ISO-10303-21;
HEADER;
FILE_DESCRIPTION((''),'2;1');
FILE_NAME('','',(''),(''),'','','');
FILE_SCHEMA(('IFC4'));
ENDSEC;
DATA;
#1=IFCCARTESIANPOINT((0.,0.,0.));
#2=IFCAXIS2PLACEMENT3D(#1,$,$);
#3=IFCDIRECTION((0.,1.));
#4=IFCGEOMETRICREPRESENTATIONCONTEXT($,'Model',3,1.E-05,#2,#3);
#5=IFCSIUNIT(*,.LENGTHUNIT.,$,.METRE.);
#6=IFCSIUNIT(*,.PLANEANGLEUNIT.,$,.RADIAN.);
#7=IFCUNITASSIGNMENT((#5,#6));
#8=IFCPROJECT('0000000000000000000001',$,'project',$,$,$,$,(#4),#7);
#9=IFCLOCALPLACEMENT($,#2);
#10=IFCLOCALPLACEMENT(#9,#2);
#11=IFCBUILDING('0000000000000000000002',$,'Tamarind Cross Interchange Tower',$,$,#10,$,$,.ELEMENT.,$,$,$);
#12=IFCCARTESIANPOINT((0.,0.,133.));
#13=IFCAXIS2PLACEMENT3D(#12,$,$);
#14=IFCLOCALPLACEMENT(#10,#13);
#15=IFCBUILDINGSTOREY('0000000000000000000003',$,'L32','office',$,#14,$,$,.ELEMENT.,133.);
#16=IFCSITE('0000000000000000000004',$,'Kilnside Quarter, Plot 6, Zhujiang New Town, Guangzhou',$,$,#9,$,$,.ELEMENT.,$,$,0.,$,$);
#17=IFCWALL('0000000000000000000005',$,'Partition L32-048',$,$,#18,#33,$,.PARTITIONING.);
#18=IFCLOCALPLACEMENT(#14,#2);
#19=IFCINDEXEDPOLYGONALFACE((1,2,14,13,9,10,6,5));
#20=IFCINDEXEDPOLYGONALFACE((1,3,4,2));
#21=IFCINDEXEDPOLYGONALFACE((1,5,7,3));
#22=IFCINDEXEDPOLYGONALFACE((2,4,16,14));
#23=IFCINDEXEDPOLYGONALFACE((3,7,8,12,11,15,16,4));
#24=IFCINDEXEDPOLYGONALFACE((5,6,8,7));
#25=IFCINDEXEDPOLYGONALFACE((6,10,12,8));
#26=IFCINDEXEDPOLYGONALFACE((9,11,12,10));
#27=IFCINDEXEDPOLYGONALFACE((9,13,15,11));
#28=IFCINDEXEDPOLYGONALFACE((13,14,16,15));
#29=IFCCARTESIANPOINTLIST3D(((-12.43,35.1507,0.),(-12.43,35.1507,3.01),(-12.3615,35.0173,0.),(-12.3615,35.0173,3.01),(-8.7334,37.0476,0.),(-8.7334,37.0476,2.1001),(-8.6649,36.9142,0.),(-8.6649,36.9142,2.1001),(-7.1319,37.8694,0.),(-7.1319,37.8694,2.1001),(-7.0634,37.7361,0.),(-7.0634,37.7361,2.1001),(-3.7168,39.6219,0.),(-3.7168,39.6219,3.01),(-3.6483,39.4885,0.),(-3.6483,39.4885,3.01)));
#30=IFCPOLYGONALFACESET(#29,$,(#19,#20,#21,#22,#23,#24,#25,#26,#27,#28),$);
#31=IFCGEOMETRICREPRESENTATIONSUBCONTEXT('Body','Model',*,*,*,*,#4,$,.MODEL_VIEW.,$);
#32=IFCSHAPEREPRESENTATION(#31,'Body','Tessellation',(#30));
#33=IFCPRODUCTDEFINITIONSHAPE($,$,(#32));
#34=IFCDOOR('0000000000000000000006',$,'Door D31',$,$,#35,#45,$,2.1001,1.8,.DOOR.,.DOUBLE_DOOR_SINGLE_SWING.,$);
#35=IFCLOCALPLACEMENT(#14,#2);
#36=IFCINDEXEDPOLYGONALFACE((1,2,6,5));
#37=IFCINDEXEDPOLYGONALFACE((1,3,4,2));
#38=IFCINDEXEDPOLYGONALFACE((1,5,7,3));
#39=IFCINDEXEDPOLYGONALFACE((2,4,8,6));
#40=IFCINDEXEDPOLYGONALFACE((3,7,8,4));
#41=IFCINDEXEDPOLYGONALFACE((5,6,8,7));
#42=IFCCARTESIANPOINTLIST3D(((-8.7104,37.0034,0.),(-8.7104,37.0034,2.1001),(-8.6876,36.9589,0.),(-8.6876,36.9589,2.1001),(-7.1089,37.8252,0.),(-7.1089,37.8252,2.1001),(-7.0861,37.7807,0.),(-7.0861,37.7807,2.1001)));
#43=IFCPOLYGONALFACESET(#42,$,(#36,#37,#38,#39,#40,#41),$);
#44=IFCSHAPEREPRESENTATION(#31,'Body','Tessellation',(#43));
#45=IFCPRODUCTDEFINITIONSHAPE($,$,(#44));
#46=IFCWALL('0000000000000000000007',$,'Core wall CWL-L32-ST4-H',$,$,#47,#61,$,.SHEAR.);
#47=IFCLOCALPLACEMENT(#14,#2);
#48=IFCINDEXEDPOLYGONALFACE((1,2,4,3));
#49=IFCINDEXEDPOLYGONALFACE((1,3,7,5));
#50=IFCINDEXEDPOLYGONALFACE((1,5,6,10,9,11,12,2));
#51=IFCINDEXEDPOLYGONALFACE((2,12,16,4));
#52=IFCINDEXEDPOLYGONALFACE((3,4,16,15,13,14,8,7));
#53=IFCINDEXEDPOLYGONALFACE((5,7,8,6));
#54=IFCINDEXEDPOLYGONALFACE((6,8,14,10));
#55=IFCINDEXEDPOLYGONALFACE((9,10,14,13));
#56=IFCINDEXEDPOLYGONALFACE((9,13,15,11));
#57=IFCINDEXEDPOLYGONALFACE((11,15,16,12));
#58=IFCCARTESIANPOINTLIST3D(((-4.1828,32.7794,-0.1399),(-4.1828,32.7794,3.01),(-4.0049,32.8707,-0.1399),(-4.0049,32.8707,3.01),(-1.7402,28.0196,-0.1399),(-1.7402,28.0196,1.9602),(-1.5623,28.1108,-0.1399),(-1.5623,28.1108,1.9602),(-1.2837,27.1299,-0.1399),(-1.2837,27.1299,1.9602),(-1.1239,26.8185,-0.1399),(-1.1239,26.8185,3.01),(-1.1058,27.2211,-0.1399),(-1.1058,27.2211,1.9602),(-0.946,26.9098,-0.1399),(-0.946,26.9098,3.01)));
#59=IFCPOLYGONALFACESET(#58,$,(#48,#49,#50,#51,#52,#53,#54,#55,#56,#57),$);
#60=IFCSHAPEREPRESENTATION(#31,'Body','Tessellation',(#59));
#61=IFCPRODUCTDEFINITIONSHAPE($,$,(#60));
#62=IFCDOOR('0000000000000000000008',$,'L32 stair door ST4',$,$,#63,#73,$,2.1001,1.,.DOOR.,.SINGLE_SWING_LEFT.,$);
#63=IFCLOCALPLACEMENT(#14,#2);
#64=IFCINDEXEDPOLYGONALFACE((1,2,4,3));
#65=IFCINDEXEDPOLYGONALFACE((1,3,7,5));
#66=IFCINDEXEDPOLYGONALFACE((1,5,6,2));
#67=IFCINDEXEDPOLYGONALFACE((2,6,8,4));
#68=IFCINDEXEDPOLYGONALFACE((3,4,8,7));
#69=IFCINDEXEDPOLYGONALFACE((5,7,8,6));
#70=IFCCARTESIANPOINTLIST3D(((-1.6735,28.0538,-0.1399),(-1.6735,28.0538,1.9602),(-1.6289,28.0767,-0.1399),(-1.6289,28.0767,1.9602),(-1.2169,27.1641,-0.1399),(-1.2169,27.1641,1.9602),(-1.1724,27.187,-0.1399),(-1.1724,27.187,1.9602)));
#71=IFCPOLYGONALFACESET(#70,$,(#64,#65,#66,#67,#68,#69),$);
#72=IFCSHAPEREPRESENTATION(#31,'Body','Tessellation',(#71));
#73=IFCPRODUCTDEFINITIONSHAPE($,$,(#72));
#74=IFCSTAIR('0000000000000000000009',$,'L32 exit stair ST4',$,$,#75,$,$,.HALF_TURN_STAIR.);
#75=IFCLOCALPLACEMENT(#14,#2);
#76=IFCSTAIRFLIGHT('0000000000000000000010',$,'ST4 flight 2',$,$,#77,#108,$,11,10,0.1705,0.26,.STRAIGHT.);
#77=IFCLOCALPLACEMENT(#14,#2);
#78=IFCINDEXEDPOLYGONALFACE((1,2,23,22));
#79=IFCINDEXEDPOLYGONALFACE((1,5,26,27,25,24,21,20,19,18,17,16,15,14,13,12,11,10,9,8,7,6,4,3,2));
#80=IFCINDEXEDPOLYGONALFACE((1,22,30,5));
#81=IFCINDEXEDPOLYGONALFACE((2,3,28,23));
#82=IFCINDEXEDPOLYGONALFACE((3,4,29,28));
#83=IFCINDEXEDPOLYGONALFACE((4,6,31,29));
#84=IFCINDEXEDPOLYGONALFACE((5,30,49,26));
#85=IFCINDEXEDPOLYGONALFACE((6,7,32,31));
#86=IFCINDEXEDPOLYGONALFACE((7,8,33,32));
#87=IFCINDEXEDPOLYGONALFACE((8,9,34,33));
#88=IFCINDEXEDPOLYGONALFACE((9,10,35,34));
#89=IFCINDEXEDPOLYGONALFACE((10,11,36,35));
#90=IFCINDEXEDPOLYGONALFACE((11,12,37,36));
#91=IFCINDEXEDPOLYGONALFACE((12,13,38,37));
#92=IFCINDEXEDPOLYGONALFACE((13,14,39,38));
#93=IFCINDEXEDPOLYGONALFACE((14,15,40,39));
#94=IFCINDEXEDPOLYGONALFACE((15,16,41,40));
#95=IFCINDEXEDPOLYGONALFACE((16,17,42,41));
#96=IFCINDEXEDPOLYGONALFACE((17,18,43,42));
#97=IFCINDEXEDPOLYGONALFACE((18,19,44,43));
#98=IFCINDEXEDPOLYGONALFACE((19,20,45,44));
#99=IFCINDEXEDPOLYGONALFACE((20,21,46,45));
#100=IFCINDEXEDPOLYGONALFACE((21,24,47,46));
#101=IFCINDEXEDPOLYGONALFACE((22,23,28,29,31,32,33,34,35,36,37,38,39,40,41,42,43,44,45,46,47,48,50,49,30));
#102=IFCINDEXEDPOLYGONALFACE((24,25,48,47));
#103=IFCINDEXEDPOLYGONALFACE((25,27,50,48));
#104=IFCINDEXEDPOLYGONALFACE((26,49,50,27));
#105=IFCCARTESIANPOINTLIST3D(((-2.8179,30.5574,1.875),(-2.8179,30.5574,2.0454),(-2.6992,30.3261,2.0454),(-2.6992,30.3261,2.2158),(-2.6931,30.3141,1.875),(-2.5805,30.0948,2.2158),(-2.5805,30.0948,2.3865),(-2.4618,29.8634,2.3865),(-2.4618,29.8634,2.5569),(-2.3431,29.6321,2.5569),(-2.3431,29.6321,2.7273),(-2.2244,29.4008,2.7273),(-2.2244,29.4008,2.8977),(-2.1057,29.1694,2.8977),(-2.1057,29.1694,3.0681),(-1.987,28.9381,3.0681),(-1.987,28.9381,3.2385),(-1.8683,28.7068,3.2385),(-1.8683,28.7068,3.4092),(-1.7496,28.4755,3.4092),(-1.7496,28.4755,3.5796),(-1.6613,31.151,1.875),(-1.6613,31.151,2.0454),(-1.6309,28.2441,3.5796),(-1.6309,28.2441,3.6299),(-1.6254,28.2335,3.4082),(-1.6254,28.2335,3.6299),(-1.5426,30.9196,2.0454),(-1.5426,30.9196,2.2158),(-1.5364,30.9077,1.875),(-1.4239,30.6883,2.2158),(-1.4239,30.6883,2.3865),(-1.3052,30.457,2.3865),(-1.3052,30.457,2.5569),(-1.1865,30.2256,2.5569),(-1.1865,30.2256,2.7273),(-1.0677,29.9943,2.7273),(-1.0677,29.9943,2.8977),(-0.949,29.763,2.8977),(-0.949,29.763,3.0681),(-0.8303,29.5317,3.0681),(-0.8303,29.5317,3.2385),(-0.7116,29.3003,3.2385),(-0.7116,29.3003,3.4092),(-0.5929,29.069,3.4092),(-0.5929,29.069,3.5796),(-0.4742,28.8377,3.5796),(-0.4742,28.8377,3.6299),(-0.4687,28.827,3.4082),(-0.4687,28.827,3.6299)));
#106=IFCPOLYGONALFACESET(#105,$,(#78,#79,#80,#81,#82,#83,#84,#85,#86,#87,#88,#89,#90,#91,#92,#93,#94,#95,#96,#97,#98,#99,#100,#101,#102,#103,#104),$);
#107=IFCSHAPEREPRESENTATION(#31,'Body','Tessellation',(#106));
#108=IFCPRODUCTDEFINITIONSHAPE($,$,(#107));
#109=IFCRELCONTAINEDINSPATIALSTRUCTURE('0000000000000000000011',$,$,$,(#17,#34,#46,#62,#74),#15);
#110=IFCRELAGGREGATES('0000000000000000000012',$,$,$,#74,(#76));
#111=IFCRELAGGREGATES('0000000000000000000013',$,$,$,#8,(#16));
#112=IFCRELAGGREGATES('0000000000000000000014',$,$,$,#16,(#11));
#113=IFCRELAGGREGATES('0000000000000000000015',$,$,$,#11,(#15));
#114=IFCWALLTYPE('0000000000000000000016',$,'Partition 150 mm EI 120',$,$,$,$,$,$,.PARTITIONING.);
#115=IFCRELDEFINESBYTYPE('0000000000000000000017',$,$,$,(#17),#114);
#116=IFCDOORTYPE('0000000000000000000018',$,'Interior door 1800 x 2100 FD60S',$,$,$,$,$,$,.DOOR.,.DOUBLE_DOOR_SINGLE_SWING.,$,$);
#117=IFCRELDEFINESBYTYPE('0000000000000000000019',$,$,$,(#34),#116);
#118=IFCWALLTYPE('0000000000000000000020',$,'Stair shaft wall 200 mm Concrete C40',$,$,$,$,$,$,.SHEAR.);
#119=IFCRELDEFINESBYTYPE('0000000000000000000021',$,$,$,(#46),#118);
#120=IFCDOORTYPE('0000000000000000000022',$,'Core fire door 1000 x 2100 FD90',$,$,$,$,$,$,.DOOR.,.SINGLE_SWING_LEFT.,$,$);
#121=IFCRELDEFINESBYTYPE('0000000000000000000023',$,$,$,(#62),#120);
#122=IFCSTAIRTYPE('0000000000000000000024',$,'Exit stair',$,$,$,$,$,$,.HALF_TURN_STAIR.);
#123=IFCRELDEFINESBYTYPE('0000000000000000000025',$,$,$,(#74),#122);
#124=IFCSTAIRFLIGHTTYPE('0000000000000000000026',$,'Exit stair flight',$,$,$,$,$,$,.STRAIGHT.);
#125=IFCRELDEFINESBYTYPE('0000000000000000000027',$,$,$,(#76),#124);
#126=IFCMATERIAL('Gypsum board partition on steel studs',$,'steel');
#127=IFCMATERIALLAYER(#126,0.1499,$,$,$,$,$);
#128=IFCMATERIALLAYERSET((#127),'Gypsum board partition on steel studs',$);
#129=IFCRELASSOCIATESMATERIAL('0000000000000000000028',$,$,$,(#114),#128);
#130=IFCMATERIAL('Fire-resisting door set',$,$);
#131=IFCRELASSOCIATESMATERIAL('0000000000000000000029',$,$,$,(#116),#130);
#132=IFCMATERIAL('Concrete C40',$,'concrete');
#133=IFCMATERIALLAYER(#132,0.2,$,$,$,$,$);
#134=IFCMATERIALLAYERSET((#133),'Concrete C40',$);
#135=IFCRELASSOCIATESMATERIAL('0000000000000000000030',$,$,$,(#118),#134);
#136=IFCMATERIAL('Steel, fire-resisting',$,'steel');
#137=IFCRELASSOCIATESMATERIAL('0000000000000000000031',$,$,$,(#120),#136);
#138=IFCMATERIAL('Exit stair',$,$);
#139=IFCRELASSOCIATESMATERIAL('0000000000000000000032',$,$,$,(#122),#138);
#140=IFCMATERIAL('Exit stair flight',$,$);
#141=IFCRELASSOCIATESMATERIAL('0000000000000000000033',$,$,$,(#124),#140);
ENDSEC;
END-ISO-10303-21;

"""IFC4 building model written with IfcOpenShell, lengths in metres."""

from ifc_helpers import new_model, si_unit, direction, frame, frame_2d, origin, place, context, subcontext, project, spatial, polyline, rectangle, outline, extrude, material, layer, layer_set, type_object, element, fill, aggregate, save


model = new_model("IFC4")

# Units and contexts
model_context = context("Model", 3, precision=1e-05, world=origin(), true_north=direction((0.0, 1.0)))
body_context = subcontext(model_context, "Body", "Model", "MODEL_VIEW")
ifc_project = project(units=[si_unit("LENGTHUNIT", "METRE"), si_unit("PLANEANGLEUNIT", "RADIAN")], contexts=[model_context])

# Site, building, storey
site_placement = place(None, origin())
site = spatial("IfcSite", under=ifc_project, at=site_placement, Name="Kilnside Quarter, Plot 6, Zhujiang New Town, Guangzhou", CompositionType="ELEMENT", RefElevation=0.0)
building_placement = place(site_placement, origin())
building = spatial("IfcBuilding", under=site, at=building_placement, Name="Tamarind Cross Interchange Tower", CompositionType="ELEMENT")
storey_placement = place(building_placement, frame((0.0, 0.0, 133.0)))
storey = spatial("IfcBuildingStorey", under=building, at=storey_placement, Name="L32", Description="office", CompositionType="ELEMENT", Elevation=133.0)

# Shared definitions
ifc_material_1 = material(Name="Gypsum board partition on steel studs", Category="steel")

# Shared definitions
ifc_layer_1 = layer(ifc_material_1, 0.1499)
ifc_layer_set_1 = layer_set([ifc_layer_1], Name="Gypsum board partition on steel studs")
wall_type_1 = type_object("IfcWallType", Name="Partition 150 mm EI 120", PredefinedType="PARTITIONING", material=ifc_layer_set_1)
ifc_material_2 = material(Name="Fire-resisting door set")

# Walls, openings, doors
wall_1_placement = place(storey_placement, frame((-12.3958, 35.084, 0.0), z_axis=(0.0, 0.0, 1.0), x_axis=(0.889696, 0.456552, 0.0)))
wall_1 = element("IfcWall", 1, at=wall_1_placement, inside=storey, type_object=wall_type_1, Name="Partition L32-048", PredefinedType="PARTITIONING", context=body_context, shape_type="SweptSolid", body=[
    extrude(rectangle(XDim=9.7935, YDim=0.1499, at=frame_2d((4.8967, 0.0))), origin(), (0.0, 0.0, 1.0), 3.01),
])
opening_1_placement = place(wall_1_placement, frame((4.155, 0.0, 0.0)))
opening_1 = element("IfcOpeningElement", 2, at=opening_1_placement, cuts=wall_1, PredefinedType="OPENING", context=body_context, shape_type="SweptSolid", body=[
    extrude(rectangle(XDim=1.8, YDim=2.1001, at=frame_2d((0.8999, 1.05))), frame((0.0, 0.085, 0.0), z_axis=(0.0, -1.0, 0.0), x_axis=(1.0, 0.0, 0.0)), (0.0, 0.0, 1.0), 0.1699),
])
door_type_1 = type_object("IfcDoorType", Name="Interior door 1800 x 2100 FD60S", OperationType="DOUBLE_DOOR_SINGLE_SWING", PredefinedType="DOOR", material=ifc_material_2)
door_1_placement = place(opening_1_placement, frame((1.8, 0.0, 0.0), z_axis=(0.0, 0.0, 1.0), x_axis=(-1.0, 0.0, 0.0)))
door_1 = element("IfcDoor", 3, at=door_1_placement, inside=storey, type_object=door_type_1, Name="Door D31", OperationType="DOUBLE_DOOR_SINGLE_SWING", OverallHeight=2.1001, OverallWidth=1.8, PredefinedType="DOOR", context=body_context, shape_type="SweptSolid", body=[
    extrude(rectangle(XDim=1.8, YDim=2.1001, at=frame_2d((0.8999, 1.05))), frame((0.0, 0.0249, 0.0), z_axis=(0.0, -1.0, 0.0), x_axis=(1.0, 0.0, 0.0)), (0.0, 0.0, 1.0), 0.05),
])
fill(opening_1, door_1)
ifc_material_3 = material(Name="Concrete C40", Category="concrete")
ifc_layer_2 = layer(ifc_material_3, 0.2)
ifc_layer_set_2 = layer_set([ifc_layer_2], Name="Concrete C40")
wall_type_2 = type_object("IfcWallType", Name="Stair shaft wall 200 mm Concrete C40", PredefinedType="SHEAR", material=ifc_layer_set_2)
wall_2_placement = place(storey_placement, frame((-1.0349, 26.864, -0.1399), z_axis=(0.0, 0.0, 1.0), x_axis=(-0.456547, 0.889699, 0.0)))
wall_2 = element("IfcWall", 4, at=wall_2_placement, inside=storey, type_object=wall_type_2, Name="Core wall CWL-L32-ST4-H", PredefinedType="SHEAR", context=body_context, shape_type="SweptSolid", body=[
    extrude(rectangle(XDim=6.7, YDim=0.2, at=frame_2d((3.3501, 0.0))), origin(), (0.0, 0.0, 1.0), 3.1499),
])
opening_2_placement = place(wall_2_placement, frame((0.3501, 0.0, 0.0)))
opening_2 = element("IfcOpeningElement", 5, at=opening_2_placement, cuts=wall_2, PredefinedType="OPENING", context=body_context, shape_type="SweptSolid", body=[
    extrude(rectangle(XDim=1.0, YDim=2.1001, at=frame_2d((0.5, 1.05))), frame((0.0, 0.1099, 0.0), z_axis=(0.0, -1.0, 0.0), x_axis=(1.0, 0.0, 0.0)), (0.0, 0.0, 1.0), 0.22),
])
ifc_material_4 = material(Name="Steel, fire-resisting", Category="steel")
door_type_2 = type_object("IfcDoorType", Name="Core fire door 1000 x 2100 FD90", OperationType="SINGLE_SWING_LEFT", PredefinedType="DOOR", material=ifc_material_4)
door_2_placement = place(opening_2_placement, origin())
door_2 = element("IfcDoor", 6, at=door_2_placement, inside=storey, type_object=door_type_2, Name="L32 stair door ST4", OperationType="SINGLE_SWING_LEFT", OverallHeight=2.1001, OverallWidth=1.0, PredefinedType="DOOR", context=body_context, shape_type="SweptSolid", body=[
    extrude(rectangle(XDim=1.0, YDim=2.1001, at=frame_2d((0.5, 1.05))), frame((0.0, 0.0249, 0.0), z_axis=(0.0, -1.0, 0.0), x_axis=(1.0, 0.0, 0.0)), (0.0, 0.0, 1.0), 0.05),
])
fill(opening_2, door_2)

# Stair, stair flight
ifc_material_5 = material(Name="Exit stair")
stair_type = type_object("IfcStairType", Name="Exit stair", PredefinedType="HALF_TURN_STAIR", material=ifc_material_5)
stair_placement = place(storey_placement, origin())
stair = element("IfcStair", 7, at=stair_placement, inside=storey, type_object=stair_type, Name="L32 exit stair ST4", PredefinedType="HALF_TURN_STAIR")
ifc_material_6 = material(Name="Exit stair flight")
stair_flight_type = type_object("IfcStairFlightType", Name="Exit stair flight", PredefinedType="STRAIGHT", material=ifc_material_6)
stair_flight_placement = place(storey_placement, frame((-2.2395, 30.8542, 1.875), z_axis=(0.0, 0.0, 1.0), x_axis=(0.456551, -0.889697, 0.0)))
stair_flight = element("IfcStairFlight", 8, at=stair_flight_placement, type_object=stair_flight_type, Name="ST4 flight 2", NumberOfRisers=11, NumberOfTreads=10, PredefinedType="STRAIGHT", RiserHeight=0.1705, TreadLength=0.26, context=body_context, shape_type="SweptSolid", body=[
    extrude(outline(polyline([(0.0, 0.0), (0.0, 0.1704), (0.26, 0.1704), (0.26, 0.3408), (0.52, 0.3408), (0.52, 0.5115), (0.78, 0.5115), (0.78, 0.6819), (1.04, 0.6819), (1.04, 0.8523), (1.3, 0.8523), (1.3, 1.0227), (1.5601, 1.0227), (1.5601, 1.1931), (1.8201, 1.1931), (1.8201, 1.3635), (2.0801, 1.3635), (2.0801, 1.5342), (2.3401, 1.5342), (2.3401, 1.7046), (2.6001, 1.7046), (2.6001, 1.7549), (2.6121, 1.7549), (2.6121, 1.5332), (0.2734, 0.0), (0.0, 0.0)])), frame((0.0, 0.6499, 0.0), z_axis=(0.0, -1.0, 0.0), x_axis=(1.0, 0.0, 0.0)), (0.0, 0.0, 1.0), 1.3),
])
aggregate(stair, [stair_flight])

save(model, "model.ifc")
